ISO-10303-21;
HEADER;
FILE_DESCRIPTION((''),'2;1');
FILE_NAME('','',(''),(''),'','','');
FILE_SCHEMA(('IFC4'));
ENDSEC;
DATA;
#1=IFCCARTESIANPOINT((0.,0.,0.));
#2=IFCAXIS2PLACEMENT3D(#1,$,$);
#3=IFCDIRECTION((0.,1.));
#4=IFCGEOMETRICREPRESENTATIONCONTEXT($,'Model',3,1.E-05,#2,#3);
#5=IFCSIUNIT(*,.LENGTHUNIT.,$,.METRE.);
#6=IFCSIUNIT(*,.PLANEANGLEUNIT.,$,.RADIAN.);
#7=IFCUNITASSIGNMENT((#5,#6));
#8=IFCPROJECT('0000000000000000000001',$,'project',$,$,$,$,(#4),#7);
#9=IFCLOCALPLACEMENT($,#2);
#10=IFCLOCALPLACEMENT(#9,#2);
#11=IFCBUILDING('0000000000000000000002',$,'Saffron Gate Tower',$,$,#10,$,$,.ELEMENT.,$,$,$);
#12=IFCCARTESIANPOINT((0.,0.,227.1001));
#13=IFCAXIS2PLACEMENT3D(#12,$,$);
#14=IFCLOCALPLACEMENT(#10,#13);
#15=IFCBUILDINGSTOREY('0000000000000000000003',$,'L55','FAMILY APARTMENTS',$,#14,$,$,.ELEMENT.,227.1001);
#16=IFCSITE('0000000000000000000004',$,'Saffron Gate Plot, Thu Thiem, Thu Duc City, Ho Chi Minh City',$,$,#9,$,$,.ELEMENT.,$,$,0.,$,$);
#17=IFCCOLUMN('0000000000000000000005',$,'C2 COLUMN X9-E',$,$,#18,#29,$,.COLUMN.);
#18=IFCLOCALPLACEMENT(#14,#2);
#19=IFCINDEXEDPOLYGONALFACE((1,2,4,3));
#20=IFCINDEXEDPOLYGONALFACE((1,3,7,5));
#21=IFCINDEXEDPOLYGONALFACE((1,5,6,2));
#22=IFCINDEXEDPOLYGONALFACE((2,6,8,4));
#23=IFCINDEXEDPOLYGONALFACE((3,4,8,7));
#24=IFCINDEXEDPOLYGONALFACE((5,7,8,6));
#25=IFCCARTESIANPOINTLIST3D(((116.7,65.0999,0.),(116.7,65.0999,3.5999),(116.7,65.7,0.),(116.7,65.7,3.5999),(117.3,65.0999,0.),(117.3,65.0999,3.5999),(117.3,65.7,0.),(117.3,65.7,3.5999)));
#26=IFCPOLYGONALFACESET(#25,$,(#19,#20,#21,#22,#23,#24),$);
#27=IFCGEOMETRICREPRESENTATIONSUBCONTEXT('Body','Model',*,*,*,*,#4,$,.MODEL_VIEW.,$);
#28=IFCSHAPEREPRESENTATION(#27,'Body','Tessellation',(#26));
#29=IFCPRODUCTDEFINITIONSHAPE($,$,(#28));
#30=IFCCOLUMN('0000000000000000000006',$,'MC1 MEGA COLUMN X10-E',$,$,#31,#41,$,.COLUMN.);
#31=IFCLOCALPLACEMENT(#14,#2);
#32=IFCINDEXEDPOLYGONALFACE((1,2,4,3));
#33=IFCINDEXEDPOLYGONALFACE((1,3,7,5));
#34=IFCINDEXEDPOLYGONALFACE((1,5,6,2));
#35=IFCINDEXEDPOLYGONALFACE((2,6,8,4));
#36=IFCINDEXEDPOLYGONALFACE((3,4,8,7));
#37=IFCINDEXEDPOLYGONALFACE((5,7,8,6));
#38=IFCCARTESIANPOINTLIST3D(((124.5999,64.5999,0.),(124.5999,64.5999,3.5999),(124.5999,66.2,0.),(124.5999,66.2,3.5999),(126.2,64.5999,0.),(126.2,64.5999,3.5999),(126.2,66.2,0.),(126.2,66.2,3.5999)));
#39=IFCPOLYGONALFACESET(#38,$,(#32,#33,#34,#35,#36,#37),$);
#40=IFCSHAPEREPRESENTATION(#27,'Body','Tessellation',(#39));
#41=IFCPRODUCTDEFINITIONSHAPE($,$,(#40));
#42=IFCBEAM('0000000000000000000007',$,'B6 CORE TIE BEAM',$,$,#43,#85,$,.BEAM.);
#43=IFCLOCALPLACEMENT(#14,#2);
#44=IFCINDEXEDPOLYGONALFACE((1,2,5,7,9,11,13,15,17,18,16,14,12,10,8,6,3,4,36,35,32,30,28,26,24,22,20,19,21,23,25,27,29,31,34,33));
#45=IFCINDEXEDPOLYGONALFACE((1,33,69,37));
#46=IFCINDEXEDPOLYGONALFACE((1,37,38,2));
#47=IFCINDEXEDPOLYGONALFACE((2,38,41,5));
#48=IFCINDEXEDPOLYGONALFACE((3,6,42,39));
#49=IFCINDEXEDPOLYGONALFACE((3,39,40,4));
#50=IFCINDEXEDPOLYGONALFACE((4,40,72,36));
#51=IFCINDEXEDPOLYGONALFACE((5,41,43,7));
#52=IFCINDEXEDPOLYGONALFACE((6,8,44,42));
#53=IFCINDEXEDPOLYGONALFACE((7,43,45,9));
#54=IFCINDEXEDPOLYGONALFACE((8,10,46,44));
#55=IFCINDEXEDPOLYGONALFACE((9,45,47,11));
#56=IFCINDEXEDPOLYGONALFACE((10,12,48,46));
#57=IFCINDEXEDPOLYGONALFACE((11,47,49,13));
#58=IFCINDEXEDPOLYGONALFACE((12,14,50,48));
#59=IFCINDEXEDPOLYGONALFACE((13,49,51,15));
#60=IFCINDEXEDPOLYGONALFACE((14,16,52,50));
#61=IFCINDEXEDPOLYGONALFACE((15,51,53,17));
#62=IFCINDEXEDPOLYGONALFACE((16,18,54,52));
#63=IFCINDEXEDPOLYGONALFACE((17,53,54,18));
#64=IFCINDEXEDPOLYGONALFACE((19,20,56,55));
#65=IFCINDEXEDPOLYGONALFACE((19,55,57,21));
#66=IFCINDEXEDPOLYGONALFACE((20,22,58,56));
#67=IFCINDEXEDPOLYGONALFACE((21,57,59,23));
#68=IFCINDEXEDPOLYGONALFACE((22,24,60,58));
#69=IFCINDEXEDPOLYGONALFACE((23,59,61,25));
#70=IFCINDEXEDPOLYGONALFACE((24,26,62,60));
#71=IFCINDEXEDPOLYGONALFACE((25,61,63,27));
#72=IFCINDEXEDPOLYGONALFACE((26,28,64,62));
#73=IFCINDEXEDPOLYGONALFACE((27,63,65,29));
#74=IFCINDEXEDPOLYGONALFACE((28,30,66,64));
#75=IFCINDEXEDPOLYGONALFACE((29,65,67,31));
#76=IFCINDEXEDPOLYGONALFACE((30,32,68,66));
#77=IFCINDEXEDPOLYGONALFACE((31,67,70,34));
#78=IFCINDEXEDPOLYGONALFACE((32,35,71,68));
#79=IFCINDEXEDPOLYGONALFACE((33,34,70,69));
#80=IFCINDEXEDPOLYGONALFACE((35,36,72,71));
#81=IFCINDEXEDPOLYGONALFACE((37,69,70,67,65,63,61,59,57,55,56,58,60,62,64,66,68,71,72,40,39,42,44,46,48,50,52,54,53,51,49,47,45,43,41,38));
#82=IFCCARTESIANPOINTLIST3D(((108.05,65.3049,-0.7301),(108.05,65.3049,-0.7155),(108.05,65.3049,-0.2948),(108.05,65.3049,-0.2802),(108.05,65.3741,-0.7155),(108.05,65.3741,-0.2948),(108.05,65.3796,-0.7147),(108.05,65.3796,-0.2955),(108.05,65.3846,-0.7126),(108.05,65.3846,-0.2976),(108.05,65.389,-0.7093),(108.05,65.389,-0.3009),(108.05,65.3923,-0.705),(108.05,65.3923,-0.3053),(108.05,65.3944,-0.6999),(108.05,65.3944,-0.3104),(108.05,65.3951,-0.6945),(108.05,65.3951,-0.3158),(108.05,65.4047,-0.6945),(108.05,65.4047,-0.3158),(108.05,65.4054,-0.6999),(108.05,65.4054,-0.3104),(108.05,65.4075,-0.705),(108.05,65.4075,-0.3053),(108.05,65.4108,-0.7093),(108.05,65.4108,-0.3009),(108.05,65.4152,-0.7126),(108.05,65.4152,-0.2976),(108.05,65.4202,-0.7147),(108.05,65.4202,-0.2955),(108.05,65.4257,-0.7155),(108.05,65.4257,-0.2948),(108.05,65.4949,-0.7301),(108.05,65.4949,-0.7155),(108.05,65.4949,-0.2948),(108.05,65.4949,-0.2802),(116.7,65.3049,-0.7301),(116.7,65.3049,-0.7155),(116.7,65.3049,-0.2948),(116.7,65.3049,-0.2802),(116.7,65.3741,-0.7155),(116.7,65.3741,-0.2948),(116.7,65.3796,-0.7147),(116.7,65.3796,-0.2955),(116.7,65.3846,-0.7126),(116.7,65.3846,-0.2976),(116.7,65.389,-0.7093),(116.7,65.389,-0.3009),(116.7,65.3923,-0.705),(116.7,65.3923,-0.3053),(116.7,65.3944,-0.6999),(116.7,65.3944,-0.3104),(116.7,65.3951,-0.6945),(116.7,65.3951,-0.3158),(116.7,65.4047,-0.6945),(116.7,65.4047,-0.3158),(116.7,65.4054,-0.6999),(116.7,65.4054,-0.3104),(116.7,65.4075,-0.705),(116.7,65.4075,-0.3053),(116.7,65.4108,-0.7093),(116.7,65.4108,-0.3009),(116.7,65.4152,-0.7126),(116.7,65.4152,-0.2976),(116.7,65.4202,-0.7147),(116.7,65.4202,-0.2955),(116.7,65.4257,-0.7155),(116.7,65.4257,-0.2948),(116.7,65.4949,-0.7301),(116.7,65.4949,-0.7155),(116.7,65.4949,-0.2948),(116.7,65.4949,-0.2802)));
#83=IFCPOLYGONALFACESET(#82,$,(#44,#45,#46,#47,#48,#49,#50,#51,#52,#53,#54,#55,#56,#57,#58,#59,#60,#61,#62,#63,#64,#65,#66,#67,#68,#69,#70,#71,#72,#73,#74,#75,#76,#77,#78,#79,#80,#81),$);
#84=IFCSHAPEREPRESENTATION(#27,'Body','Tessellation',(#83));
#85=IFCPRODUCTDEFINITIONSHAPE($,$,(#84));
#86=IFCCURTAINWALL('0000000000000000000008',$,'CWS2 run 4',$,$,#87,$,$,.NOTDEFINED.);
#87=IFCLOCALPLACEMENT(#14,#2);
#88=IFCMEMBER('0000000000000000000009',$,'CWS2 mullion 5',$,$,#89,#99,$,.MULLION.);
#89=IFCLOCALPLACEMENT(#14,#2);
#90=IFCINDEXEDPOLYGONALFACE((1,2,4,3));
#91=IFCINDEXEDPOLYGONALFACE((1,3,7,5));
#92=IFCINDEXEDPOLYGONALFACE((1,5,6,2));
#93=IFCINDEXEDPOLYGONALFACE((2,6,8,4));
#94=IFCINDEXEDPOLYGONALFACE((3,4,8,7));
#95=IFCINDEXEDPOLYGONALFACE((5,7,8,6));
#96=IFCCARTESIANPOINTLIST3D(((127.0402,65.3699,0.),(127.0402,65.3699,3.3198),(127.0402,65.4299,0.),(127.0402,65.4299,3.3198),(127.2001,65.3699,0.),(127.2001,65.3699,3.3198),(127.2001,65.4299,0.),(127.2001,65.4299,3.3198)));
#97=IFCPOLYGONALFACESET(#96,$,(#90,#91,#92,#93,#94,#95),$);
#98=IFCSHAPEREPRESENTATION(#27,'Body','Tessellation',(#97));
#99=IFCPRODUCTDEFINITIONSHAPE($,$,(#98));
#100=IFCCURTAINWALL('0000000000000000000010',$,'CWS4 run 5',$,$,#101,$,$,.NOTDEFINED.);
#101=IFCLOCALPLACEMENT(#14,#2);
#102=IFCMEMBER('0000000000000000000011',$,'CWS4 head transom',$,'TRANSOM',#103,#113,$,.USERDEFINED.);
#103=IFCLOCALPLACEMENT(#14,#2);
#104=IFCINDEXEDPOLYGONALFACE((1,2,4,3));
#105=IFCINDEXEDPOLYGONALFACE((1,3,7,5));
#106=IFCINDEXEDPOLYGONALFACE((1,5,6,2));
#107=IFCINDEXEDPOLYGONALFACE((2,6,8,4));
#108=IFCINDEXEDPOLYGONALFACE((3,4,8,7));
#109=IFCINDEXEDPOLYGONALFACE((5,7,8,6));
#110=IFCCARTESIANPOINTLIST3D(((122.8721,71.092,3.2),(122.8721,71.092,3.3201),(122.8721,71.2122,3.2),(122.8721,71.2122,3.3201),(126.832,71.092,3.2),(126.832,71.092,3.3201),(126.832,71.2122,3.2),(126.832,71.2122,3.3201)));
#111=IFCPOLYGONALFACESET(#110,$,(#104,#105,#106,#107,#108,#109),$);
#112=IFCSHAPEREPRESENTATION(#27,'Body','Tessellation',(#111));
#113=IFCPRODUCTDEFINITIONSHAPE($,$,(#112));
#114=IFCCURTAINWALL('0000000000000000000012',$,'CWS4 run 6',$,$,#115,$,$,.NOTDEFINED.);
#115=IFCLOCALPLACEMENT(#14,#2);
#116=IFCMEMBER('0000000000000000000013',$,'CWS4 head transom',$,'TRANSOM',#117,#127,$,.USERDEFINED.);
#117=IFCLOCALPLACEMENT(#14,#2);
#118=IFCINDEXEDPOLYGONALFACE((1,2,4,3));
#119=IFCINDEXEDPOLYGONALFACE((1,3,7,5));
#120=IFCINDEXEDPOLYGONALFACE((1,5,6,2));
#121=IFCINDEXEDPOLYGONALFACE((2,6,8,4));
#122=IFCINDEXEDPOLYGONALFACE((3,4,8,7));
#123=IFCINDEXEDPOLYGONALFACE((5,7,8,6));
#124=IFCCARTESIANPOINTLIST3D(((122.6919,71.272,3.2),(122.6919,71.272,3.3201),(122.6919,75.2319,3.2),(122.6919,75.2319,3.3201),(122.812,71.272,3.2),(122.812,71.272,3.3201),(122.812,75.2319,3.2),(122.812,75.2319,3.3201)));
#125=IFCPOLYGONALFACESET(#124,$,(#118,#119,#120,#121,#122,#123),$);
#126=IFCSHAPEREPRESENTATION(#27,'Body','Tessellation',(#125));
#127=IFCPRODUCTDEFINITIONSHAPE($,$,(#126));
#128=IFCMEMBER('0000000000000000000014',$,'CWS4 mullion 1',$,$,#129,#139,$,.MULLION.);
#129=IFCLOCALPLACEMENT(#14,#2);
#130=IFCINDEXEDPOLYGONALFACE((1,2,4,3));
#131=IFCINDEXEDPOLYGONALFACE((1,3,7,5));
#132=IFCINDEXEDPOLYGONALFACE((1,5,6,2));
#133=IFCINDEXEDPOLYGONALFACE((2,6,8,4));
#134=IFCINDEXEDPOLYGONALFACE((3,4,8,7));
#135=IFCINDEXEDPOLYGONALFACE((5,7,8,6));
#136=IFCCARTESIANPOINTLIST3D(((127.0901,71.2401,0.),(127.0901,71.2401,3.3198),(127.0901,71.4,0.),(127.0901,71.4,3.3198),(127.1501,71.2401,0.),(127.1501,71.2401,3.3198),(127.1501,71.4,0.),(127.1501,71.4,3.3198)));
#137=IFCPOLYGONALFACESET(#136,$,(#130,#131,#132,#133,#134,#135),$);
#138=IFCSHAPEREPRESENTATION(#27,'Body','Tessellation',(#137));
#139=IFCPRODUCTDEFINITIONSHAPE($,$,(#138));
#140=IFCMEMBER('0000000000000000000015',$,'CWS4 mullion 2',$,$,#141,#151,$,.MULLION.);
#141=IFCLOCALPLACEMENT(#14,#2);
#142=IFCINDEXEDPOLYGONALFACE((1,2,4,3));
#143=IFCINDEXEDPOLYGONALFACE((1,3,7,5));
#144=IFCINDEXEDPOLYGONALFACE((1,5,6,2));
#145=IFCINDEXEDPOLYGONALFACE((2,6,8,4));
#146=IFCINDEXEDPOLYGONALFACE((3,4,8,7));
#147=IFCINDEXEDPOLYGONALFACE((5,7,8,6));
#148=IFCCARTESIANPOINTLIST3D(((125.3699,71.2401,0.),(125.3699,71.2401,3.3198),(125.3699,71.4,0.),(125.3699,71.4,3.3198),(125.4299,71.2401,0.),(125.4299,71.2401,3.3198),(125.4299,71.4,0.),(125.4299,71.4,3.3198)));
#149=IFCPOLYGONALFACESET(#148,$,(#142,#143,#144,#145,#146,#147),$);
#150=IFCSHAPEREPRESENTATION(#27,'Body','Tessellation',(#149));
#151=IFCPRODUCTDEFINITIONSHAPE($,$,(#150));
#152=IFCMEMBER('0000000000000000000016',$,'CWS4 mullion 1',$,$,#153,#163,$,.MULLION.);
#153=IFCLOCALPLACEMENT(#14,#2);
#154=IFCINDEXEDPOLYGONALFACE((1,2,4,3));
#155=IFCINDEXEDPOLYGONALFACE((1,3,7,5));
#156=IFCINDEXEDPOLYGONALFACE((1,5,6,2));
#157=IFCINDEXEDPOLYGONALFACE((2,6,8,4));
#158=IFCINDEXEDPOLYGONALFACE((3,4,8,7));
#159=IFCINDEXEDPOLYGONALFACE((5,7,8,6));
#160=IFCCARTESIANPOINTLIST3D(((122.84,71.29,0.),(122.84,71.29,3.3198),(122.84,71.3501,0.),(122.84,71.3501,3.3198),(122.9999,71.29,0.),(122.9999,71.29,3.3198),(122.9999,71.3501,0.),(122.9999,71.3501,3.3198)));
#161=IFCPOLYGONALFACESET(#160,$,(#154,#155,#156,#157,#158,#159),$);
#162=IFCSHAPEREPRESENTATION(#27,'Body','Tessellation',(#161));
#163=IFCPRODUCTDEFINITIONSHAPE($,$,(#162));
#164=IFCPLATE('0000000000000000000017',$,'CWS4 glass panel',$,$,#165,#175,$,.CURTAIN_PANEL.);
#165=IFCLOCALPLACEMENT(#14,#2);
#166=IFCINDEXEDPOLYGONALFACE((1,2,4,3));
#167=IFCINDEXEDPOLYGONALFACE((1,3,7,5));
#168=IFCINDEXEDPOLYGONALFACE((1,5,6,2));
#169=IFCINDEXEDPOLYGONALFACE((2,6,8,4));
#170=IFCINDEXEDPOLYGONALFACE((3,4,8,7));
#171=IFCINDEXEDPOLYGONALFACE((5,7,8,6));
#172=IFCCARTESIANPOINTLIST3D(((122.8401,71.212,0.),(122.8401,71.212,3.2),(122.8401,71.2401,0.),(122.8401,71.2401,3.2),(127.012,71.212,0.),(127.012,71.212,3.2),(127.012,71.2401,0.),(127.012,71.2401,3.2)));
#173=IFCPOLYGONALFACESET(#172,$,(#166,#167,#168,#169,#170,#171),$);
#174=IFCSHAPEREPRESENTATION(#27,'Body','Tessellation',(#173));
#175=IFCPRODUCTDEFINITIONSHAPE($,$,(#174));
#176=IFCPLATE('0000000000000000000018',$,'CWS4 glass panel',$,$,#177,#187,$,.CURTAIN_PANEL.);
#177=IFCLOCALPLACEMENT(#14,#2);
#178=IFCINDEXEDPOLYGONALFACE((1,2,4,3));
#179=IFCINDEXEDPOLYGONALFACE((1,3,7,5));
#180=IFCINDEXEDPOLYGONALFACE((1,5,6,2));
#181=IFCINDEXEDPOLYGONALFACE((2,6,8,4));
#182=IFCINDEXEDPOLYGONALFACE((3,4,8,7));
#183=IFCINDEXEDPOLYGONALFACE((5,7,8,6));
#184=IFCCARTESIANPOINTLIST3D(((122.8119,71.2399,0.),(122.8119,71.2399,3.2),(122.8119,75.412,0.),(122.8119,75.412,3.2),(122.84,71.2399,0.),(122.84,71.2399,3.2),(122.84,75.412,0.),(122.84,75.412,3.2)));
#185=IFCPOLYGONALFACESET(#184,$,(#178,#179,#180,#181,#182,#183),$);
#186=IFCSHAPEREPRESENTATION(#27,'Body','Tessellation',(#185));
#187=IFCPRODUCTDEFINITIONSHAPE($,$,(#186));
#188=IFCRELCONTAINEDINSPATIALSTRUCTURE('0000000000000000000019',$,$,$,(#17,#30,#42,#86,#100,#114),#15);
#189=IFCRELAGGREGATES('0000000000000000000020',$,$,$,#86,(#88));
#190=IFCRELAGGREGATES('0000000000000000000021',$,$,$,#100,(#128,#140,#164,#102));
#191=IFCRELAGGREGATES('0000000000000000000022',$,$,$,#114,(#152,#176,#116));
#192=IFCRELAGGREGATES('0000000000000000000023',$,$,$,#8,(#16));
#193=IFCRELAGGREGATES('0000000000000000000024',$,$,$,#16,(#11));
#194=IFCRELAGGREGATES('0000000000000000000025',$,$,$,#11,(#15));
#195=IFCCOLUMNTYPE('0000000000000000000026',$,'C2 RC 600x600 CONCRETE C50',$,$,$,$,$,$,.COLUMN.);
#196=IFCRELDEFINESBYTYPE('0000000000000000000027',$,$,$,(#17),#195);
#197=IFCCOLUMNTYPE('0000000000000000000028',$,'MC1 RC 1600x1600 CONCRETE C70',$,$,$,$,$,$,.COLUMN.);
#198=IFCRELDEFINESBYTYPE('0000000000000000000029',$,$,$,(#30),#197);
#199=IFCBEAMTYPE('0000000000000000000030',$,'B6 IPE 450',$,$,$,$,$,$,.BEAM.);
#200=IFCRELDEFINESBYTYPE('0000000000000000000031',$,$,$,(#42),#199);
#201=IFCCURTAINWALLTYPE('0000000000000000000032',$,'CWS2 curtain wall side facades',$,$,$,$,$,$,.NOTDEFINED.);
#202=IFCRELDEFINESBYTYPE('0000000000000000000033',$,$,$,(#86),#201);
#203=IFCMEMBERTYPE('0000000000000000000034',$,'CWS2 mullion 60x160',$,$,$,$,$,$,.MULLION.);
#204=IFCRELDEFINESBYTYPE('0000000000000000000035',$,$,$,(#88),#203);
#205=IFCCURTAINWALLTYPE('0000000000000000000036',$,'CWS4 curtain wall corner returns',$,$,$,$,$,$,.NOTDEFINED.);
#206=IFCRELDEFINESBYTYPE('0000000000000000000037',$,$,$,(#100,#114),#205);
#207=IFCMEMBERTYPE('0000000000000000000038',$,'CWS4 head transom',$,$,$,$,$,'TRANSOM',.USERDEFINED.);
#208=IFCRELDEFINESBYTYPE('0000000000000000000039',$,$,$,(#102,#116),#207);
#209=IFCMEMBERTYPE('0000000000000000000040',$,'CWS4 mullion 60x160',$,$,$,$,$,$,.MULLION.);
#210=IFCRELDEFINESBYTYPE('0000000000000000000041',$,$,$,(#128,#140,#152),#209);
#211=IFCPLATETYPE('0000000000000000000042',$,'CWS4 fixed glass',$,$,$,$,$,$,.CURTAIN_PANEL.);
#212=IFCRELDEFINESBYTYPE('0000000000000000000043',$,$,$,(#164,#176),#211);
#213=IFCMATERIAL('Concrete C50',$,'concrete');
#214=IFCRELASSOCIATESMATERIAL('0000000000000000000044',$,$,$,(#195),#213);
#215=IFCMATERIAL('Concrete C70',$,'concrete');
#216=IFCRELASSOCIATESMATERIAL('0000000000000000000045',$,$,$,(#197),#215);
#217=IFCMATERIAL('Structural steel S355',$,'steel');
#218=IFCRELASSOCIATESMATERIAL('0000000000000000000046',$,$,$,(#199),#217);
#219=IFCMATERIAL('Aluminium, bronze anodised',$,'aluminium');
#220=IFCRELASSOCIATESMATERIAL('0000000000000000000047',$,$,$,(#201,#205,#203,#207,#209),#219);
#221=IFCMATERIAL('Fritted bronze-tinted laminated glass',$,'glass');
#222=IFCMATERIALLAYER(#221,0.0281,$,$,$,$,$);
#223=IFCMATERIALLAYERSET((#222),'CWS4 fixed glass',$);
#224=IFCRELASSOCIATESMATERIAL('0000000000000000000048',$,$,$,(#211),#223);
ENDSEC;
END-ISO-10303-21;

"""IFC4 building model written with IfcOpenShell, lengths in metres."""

from ifc_helpers import new_model, si_unit, direction, frame, frame_2d, origin, origin_2d, place, context, subcontext, project, spatial, rectangle, i_section, extrude, material, layer, layer_set, material_profile, profile_set, type_object, element, aggregate, save


model = new_model("IFC4")

# Units and contexts
model_context = context("Model", 3, precision=1e-05, world=origin(), true_north=direction((0.0, 1.0)))
body_context = subcontext(model_context, "Body", "Model", "MODEL_VIEW")
ifc_project = project(units=[si_unit("LENGTHUNIT", "METRE"), si_unit("PLANEANGLEUNIT", "RADIAN")], contexts=[model_context])

# Site, building, storey
site_placement = place(None, origin())
site = spatial("IfcSite", under=ifc_project, at=site_placement, Name="Saffron Gate Plot, Thu Thiem, Thu Duc City, Ho Chi Minh City", CompositionType="ELEMENT", RefElevation=0.0)
building_placement = place(site_placement, origin())
building = spatial("IfcBuilding", under=site, at=building_placement, Name="Saffron Gate Tower", CompositionType="ELEMENT")
storey_placement = place(building_placement, frame((0.0, 0.0, 227.1001)))
storey = spatial("IfcBuildingStorey", under=building, at=storey_placement, Name="L55", Description="FAMILY APARTMENTS", CompositionType="ELEMENT", Elevation=227.1001)

# Columns
ifc_material_1 = material(Name="Concrete C50", Category="concrete")
ifc_material_profile_1 = material_profile(ifc_material_1, rectangle(XDim=0.6001, YDim=0.6001, at=origin_2d()))
ifc_profile_set_1 = profile_set([ifc_material_profile_1], Name="Concrete C50")
column_type_1 = type_object("IfcColumnType", Name="C2 RC 600x600 CONCRETE C50", PredefinedType="COLUMN", material=ifc_profile_set_1)
column_1_placement = place(storey_placement, frame((117.0, 65.3999, 0.0), z_axis=(0.0, 0.0, 1.0), x_axis=(1.0, 0.0, 0.0)))
element("IfcColumn", 1, at=column_1_placement, inside=storey, type_object=column_type_1, Name="C2 COLUMN X9-E", PredefinedType="COLUMN", context=body_context, shape_type="SweptSolid", body=[
    extrude(rectangle(XDim=0.6001, YDim=0.6001, at=origin_2d()), origin(), (0.0, 0.0, 1.0), 3.5999),
])
ifc_material_2 = material(Name="Concrete C70", Category="concrete")
ifc_material_profile_2 = material_profile(ifc_material_2, rectangle(XDim=1.6001, YDim=1.6001, at=origin_2d()))
ifc_profile_set_2 = profile_set([ifc_material_profile_2], Name="Concrete C70")
column_type_2 = type_object("IfcColumnType", Name="MC1 RC 1600x1600 CONCRETE C70", PredefinedType="COLUMN", material=ifc_profile_set_2)
column_2_placement = place(storey_placement, frame((125.3999, 65.3999, 0.0), z_axis=(0.0, 0.0, 1.0), x_axis=(1.0, 0.0, 0.0)))
element("IfcColumn", 2, at=column_2_placement, inside=storey, type_object=column_type_2, Name="MC1 MEGA COLUMN X10-E", PredefinedType="COLUMN", context=body_context, shape_type="SweptSolid", body=[
    extrude(rectangle(XDim=1.6001, YDim=1.6001, at=origin_2d()), origin(), (0.0, 0.0, 1.0), 3.5999),
])

# Beam
ifc_material_3 = material(Name="Structural steel S355", Category="steel")
ifc_material_profile_3 = material_profile(ifc_material_3, i_section(OverallWidth=0.1899, OverallDepth=0.45, WebThickness=0.0095, FlangeThickness=0.0146, FilletRadius=0.021, at=origin_2d()))
ifc_profile_set_3 = profile_set([ifc_material_profile_3], Name="Structural steel S355")
beam_type = type_object("IfcBeamType", Name="B6 IPE 450", PredefinedType="BEAM", material=ifc_profile_set_3)
beam_placement = place(storey_placement, frame((116.7, 65.3999, -0.5051), z_axis=(-1.0, 0.0, 0.0), x_axis=(0.0, -1.0, 0.0)))
element("IfcBeam", 3, at=beam_placement, inside=storey, type_object=beam_type, Name="B6 CORE TIE BEAM", PredefinedType="BEAM", context=body_context, shape_type="SweptSolid", body=[
    extrude(i_section(OverallWidth=0.1899, OverallDepth=0.45, WebThickness=0.0095, FlangeThickness=0.0146, FilletRadius=0.021, at=origin_2d()), origin(), (0.0, 0.0, 1.0), 8.6499),
])

# Curtain walls, members
ifc_material_4 = material(Name="Aluminium, bronze anodised", Category="aluminium")
curtain_wall_type_1 = type_object("IfcCurtainWallType", Name="CWS2 curtain wall side facades", PredefinedType="NOTDEFINED", material=ifc_material_4)
curtain_wall_1_placement = place(storey_placement, origin())
curtain_wall_1 = element("IfcCurtainWall", 4, at=curtain_wall_1_placement, inside=storey, type_object=curtain_wall_type_1, Name="CWS2 run 4", PredefinedType="NOTDEFINED")
ifc_material_profile_4 = material_profile(ifc_material_4, rectangle(XDim=0.1599, YDim=0.0601, at=origin_2d()))
ifc_profile_set_4 = profile_set([ifc_material_profile_4], Name="Aluminium, bronze anodised")
member_type_1 = type_object("IfcMemberType", Name="CWS2 mullion 60x160", PredefinedType="MULLION", material=ifc_profile_set_4)
member_1_placement = place(storey_placement, frame((127.1201, 65.3999, 0.0), z_axis=(0.0, 0.0, 1.0), x_axis=(-1.0, 0.0, 0.0)))
member_1 = element("IfcMember", 5, at=member_1_placement, type_object=member_type_1, Name="CWS2 mullion 5", PredefinedType="MULLION", context=body_context, shape_type="SweptSolid", body=[
    extrude(rectangle(XDim=0.1599, YDim=0.0601, at=origin_2d()), origin(), (0.0, 0.0, 1.0), 3.3198),
])
aggregate(curtain_wall_1, [member_1])
curtain_wall_type_2 = type_object("IfcCurtainWallType", Name="CWS4 curtain wall corner returns", PredefinedType="NOTDEFINED", material=ifc_material_4)
curtain_wall_2_placement = place(storey_placement, origin())
curtain_wall_2 = element("IfcCurtainWall", 6, at=curtain_wall_2_placement, inside=storey, type_object=curtain_wall_type_2, Name="CWS4 run 5", PredefinedType="NOTDEFINED")
ifc_material_profile_5 = material_profile(ifc_material_4, rectangle(XDim=0.1201, YDim=0.1201, at=origin_2d()))
ifc_profile_set_5 = profile_set([ifc_material_profile_5], Name="Aluminium, bronze anodised")
member_type_2 = type_object("IfcMemberType", Name="CWS4 head transom", ElementType="TRANSOM", PredefinedType="USERDEFINED", material=ifc_profile_set_5)
member_2_placement = place(storey_placement, frame((126.832, 71.1521, 3.26), z_axis=(-1.0, 0.0, 0.0), x_axis=(0.0, -1.0, 0.0)))
member_2 = element("IfcMember", 7, at=member_2_placement, type_object=member_type_2, Name="CWS4 head transom", ObjectType="TRANSOM", PredefinedType="USERDEFINED", context=body_context, shape_type="SweptSolid", body=[
    extrude(rectangle(XDim=0.1201, YDim=0.1201, at=origin_2d()), origin(), (0.0, 0.0, 1.0), 3.96),
])
curtain_wall_3_placement = place(storey_placement, origin())
curtain_wall_3 = element("IfcCurtainWall", 8, at=curtain_wall_3_placement, inside=storey, type_object=curtain_wall_type_2, Name="CWS4 run 6", PredefinedType="NOTDEFINED")
member_3_placement = place(storey_placement, frame((122.752, 71.272, 3.26), z_axis=(0.0, 1.0, 0.0), x_axis=(-1.0, 0.0, 0.0)))
member_3 = element("IfcMember", 9, at=member_3_placement, type_object=member_type_2, Name="CWS4 head transom", ObjectType="TRANSOM", PredefinedType="USERDEFINED", context=body_context, shape_type="SweptSolid", body=[
    extrude(rectangle(XDim=0.1201, YDim=0.1201, at=origin_2d()), origin(), (0.0, 0.0, 1.0), 3.96),
])

# Members
ifc_material_profile_6 = material_profile(ifc_material_4, rectangle(XDim=0.1599, YDim=0.0601, at=origin_2d()))
ifc_profile_set_6 = profile_set([ifc_material_profile_6], Name="Aluminium, bronze anodised")
member_type_3 = type_object("IfcMemberType", Name="CWS4 mullion 60x160", PredefinedType="MULLION", material=ifc_profile_set_6)
member_4_placement = place(storey_placement, frame((127.1201, 71.3201, 0.0), z_axis=(0.0, 0.0, 1.0), x_axis=(0.0, -1.0, 0.0)))
member_4 = element("IfcMember", 10, at=member_4_placement, type_object=member_type_3, Name="CWS4 mullion 1", PredefinedType="MULLION", context=body_context, shape_type="SweptSolid", body=[
    extrude(rectangle(XDim=0.1599, YDim=0.0601, at=origin_2d()), origin(), (0.0, 0.0, 1.0), 3.3198),
])
member_5_placement = place(storey_placement, frame((125.3999, 71.3201, 0.0), z_axis=(0.0, 0.0, 1.0), x_axis=(0.0, -1.0, 0.0)))
member_5 = element("IfcMember", 11, at=member_5_placement, type_object=member_type_3, Name="CWS4 mullion 2", PredefinedType="MULLION", context=body_context, shape_type="SweptSolid", body=[
    extrude(rectangle(XDim=0.1599, YDim=0.0601, at=origin_2d()), origin(), (0.0, 0.0, 1.0), 3.3198),
])
member_6_placement = place(storey_placement, frame((122.9199, 71.3201, 0.0), z_axis=(0.0, 0.0, 1.0), x_axis=(-1.0, 0.0, 0.0)))
member_6 = element("IfcMember", 12, at=member_6_placement, type_object=member_type_3, Name="CWS4 mullion 1", PredefinedType="MULLION", context=body_context, shape_type="SweptSolid", body=[
    extrude(rectangle(XDim=0.1599, YDim=0.0601, at=origin_2d()), origin(), (0.0, 0.0, 1.0), 3.3198),
])

# Plates
ifc_material_5 = material(Name="Fritted bronze-tinted laminated glass", Category="glass")
ifc_layer_1 = layer(ifc_material_5, 0.0281)
ifc_layer_set_1 = layer_set([ifc_layer_1], Name="CWS4 fixed glass")
plate_type = type_object("IfcPlateType", Name="CWS4 fixed glass", PredefinedType="CURTAIN_PANEL", material=ifc_layer_set_1)
plate_1_placement = place(storey_placement, frame((127.012, 71.2261, 0.0), z_axis=(0.0, 0.0, 1.0), x_axis=(-1.0, 0.0, 0.0)))
plate_1 = element("IfcPlate", 13, at=plate_1_placement, type_object=plate_type, Name="CWS4 glass panel", PredefinedType="CURTAIN_PANEL", context=body_context, shape_type="SweptSolid", body=[
    extrude(rectangle(XDim=4.1719, YDim=0.0281, at=frame_2d((2.0859, 0.0))), origin(), (0.0, 0.0, 1.0), 3.2),
])
aggregate(curtain_wall_2, [member_4, member_5, plate_1, member_2])
plate_2_placement = place(storey_placement, frame((122.8259, 71.24, 0.0), z_axis=(0.0, 0.0, 1.0), x_axis=(0.0, 1.0, 0.0)))
plate_2 = element("IfcPlate", 14, at=plate_2_placement, type_object=plate_type, Name="CWS4 glass panel", PredefinedType="CURTAIN_PANEL", context=body_context, shape_type="SweptSolid", body=[
    extrude(rectangle(XDim=4.1721, YDim=0.0281, at=frame_2d((2.0859, 0.0))), origin(), (0.0, 0.0, 1.0), 3.2),
])
aggregate(curtain_wall_3, [member_6, plate_2, member_3])

save(model, "model.ifc")
